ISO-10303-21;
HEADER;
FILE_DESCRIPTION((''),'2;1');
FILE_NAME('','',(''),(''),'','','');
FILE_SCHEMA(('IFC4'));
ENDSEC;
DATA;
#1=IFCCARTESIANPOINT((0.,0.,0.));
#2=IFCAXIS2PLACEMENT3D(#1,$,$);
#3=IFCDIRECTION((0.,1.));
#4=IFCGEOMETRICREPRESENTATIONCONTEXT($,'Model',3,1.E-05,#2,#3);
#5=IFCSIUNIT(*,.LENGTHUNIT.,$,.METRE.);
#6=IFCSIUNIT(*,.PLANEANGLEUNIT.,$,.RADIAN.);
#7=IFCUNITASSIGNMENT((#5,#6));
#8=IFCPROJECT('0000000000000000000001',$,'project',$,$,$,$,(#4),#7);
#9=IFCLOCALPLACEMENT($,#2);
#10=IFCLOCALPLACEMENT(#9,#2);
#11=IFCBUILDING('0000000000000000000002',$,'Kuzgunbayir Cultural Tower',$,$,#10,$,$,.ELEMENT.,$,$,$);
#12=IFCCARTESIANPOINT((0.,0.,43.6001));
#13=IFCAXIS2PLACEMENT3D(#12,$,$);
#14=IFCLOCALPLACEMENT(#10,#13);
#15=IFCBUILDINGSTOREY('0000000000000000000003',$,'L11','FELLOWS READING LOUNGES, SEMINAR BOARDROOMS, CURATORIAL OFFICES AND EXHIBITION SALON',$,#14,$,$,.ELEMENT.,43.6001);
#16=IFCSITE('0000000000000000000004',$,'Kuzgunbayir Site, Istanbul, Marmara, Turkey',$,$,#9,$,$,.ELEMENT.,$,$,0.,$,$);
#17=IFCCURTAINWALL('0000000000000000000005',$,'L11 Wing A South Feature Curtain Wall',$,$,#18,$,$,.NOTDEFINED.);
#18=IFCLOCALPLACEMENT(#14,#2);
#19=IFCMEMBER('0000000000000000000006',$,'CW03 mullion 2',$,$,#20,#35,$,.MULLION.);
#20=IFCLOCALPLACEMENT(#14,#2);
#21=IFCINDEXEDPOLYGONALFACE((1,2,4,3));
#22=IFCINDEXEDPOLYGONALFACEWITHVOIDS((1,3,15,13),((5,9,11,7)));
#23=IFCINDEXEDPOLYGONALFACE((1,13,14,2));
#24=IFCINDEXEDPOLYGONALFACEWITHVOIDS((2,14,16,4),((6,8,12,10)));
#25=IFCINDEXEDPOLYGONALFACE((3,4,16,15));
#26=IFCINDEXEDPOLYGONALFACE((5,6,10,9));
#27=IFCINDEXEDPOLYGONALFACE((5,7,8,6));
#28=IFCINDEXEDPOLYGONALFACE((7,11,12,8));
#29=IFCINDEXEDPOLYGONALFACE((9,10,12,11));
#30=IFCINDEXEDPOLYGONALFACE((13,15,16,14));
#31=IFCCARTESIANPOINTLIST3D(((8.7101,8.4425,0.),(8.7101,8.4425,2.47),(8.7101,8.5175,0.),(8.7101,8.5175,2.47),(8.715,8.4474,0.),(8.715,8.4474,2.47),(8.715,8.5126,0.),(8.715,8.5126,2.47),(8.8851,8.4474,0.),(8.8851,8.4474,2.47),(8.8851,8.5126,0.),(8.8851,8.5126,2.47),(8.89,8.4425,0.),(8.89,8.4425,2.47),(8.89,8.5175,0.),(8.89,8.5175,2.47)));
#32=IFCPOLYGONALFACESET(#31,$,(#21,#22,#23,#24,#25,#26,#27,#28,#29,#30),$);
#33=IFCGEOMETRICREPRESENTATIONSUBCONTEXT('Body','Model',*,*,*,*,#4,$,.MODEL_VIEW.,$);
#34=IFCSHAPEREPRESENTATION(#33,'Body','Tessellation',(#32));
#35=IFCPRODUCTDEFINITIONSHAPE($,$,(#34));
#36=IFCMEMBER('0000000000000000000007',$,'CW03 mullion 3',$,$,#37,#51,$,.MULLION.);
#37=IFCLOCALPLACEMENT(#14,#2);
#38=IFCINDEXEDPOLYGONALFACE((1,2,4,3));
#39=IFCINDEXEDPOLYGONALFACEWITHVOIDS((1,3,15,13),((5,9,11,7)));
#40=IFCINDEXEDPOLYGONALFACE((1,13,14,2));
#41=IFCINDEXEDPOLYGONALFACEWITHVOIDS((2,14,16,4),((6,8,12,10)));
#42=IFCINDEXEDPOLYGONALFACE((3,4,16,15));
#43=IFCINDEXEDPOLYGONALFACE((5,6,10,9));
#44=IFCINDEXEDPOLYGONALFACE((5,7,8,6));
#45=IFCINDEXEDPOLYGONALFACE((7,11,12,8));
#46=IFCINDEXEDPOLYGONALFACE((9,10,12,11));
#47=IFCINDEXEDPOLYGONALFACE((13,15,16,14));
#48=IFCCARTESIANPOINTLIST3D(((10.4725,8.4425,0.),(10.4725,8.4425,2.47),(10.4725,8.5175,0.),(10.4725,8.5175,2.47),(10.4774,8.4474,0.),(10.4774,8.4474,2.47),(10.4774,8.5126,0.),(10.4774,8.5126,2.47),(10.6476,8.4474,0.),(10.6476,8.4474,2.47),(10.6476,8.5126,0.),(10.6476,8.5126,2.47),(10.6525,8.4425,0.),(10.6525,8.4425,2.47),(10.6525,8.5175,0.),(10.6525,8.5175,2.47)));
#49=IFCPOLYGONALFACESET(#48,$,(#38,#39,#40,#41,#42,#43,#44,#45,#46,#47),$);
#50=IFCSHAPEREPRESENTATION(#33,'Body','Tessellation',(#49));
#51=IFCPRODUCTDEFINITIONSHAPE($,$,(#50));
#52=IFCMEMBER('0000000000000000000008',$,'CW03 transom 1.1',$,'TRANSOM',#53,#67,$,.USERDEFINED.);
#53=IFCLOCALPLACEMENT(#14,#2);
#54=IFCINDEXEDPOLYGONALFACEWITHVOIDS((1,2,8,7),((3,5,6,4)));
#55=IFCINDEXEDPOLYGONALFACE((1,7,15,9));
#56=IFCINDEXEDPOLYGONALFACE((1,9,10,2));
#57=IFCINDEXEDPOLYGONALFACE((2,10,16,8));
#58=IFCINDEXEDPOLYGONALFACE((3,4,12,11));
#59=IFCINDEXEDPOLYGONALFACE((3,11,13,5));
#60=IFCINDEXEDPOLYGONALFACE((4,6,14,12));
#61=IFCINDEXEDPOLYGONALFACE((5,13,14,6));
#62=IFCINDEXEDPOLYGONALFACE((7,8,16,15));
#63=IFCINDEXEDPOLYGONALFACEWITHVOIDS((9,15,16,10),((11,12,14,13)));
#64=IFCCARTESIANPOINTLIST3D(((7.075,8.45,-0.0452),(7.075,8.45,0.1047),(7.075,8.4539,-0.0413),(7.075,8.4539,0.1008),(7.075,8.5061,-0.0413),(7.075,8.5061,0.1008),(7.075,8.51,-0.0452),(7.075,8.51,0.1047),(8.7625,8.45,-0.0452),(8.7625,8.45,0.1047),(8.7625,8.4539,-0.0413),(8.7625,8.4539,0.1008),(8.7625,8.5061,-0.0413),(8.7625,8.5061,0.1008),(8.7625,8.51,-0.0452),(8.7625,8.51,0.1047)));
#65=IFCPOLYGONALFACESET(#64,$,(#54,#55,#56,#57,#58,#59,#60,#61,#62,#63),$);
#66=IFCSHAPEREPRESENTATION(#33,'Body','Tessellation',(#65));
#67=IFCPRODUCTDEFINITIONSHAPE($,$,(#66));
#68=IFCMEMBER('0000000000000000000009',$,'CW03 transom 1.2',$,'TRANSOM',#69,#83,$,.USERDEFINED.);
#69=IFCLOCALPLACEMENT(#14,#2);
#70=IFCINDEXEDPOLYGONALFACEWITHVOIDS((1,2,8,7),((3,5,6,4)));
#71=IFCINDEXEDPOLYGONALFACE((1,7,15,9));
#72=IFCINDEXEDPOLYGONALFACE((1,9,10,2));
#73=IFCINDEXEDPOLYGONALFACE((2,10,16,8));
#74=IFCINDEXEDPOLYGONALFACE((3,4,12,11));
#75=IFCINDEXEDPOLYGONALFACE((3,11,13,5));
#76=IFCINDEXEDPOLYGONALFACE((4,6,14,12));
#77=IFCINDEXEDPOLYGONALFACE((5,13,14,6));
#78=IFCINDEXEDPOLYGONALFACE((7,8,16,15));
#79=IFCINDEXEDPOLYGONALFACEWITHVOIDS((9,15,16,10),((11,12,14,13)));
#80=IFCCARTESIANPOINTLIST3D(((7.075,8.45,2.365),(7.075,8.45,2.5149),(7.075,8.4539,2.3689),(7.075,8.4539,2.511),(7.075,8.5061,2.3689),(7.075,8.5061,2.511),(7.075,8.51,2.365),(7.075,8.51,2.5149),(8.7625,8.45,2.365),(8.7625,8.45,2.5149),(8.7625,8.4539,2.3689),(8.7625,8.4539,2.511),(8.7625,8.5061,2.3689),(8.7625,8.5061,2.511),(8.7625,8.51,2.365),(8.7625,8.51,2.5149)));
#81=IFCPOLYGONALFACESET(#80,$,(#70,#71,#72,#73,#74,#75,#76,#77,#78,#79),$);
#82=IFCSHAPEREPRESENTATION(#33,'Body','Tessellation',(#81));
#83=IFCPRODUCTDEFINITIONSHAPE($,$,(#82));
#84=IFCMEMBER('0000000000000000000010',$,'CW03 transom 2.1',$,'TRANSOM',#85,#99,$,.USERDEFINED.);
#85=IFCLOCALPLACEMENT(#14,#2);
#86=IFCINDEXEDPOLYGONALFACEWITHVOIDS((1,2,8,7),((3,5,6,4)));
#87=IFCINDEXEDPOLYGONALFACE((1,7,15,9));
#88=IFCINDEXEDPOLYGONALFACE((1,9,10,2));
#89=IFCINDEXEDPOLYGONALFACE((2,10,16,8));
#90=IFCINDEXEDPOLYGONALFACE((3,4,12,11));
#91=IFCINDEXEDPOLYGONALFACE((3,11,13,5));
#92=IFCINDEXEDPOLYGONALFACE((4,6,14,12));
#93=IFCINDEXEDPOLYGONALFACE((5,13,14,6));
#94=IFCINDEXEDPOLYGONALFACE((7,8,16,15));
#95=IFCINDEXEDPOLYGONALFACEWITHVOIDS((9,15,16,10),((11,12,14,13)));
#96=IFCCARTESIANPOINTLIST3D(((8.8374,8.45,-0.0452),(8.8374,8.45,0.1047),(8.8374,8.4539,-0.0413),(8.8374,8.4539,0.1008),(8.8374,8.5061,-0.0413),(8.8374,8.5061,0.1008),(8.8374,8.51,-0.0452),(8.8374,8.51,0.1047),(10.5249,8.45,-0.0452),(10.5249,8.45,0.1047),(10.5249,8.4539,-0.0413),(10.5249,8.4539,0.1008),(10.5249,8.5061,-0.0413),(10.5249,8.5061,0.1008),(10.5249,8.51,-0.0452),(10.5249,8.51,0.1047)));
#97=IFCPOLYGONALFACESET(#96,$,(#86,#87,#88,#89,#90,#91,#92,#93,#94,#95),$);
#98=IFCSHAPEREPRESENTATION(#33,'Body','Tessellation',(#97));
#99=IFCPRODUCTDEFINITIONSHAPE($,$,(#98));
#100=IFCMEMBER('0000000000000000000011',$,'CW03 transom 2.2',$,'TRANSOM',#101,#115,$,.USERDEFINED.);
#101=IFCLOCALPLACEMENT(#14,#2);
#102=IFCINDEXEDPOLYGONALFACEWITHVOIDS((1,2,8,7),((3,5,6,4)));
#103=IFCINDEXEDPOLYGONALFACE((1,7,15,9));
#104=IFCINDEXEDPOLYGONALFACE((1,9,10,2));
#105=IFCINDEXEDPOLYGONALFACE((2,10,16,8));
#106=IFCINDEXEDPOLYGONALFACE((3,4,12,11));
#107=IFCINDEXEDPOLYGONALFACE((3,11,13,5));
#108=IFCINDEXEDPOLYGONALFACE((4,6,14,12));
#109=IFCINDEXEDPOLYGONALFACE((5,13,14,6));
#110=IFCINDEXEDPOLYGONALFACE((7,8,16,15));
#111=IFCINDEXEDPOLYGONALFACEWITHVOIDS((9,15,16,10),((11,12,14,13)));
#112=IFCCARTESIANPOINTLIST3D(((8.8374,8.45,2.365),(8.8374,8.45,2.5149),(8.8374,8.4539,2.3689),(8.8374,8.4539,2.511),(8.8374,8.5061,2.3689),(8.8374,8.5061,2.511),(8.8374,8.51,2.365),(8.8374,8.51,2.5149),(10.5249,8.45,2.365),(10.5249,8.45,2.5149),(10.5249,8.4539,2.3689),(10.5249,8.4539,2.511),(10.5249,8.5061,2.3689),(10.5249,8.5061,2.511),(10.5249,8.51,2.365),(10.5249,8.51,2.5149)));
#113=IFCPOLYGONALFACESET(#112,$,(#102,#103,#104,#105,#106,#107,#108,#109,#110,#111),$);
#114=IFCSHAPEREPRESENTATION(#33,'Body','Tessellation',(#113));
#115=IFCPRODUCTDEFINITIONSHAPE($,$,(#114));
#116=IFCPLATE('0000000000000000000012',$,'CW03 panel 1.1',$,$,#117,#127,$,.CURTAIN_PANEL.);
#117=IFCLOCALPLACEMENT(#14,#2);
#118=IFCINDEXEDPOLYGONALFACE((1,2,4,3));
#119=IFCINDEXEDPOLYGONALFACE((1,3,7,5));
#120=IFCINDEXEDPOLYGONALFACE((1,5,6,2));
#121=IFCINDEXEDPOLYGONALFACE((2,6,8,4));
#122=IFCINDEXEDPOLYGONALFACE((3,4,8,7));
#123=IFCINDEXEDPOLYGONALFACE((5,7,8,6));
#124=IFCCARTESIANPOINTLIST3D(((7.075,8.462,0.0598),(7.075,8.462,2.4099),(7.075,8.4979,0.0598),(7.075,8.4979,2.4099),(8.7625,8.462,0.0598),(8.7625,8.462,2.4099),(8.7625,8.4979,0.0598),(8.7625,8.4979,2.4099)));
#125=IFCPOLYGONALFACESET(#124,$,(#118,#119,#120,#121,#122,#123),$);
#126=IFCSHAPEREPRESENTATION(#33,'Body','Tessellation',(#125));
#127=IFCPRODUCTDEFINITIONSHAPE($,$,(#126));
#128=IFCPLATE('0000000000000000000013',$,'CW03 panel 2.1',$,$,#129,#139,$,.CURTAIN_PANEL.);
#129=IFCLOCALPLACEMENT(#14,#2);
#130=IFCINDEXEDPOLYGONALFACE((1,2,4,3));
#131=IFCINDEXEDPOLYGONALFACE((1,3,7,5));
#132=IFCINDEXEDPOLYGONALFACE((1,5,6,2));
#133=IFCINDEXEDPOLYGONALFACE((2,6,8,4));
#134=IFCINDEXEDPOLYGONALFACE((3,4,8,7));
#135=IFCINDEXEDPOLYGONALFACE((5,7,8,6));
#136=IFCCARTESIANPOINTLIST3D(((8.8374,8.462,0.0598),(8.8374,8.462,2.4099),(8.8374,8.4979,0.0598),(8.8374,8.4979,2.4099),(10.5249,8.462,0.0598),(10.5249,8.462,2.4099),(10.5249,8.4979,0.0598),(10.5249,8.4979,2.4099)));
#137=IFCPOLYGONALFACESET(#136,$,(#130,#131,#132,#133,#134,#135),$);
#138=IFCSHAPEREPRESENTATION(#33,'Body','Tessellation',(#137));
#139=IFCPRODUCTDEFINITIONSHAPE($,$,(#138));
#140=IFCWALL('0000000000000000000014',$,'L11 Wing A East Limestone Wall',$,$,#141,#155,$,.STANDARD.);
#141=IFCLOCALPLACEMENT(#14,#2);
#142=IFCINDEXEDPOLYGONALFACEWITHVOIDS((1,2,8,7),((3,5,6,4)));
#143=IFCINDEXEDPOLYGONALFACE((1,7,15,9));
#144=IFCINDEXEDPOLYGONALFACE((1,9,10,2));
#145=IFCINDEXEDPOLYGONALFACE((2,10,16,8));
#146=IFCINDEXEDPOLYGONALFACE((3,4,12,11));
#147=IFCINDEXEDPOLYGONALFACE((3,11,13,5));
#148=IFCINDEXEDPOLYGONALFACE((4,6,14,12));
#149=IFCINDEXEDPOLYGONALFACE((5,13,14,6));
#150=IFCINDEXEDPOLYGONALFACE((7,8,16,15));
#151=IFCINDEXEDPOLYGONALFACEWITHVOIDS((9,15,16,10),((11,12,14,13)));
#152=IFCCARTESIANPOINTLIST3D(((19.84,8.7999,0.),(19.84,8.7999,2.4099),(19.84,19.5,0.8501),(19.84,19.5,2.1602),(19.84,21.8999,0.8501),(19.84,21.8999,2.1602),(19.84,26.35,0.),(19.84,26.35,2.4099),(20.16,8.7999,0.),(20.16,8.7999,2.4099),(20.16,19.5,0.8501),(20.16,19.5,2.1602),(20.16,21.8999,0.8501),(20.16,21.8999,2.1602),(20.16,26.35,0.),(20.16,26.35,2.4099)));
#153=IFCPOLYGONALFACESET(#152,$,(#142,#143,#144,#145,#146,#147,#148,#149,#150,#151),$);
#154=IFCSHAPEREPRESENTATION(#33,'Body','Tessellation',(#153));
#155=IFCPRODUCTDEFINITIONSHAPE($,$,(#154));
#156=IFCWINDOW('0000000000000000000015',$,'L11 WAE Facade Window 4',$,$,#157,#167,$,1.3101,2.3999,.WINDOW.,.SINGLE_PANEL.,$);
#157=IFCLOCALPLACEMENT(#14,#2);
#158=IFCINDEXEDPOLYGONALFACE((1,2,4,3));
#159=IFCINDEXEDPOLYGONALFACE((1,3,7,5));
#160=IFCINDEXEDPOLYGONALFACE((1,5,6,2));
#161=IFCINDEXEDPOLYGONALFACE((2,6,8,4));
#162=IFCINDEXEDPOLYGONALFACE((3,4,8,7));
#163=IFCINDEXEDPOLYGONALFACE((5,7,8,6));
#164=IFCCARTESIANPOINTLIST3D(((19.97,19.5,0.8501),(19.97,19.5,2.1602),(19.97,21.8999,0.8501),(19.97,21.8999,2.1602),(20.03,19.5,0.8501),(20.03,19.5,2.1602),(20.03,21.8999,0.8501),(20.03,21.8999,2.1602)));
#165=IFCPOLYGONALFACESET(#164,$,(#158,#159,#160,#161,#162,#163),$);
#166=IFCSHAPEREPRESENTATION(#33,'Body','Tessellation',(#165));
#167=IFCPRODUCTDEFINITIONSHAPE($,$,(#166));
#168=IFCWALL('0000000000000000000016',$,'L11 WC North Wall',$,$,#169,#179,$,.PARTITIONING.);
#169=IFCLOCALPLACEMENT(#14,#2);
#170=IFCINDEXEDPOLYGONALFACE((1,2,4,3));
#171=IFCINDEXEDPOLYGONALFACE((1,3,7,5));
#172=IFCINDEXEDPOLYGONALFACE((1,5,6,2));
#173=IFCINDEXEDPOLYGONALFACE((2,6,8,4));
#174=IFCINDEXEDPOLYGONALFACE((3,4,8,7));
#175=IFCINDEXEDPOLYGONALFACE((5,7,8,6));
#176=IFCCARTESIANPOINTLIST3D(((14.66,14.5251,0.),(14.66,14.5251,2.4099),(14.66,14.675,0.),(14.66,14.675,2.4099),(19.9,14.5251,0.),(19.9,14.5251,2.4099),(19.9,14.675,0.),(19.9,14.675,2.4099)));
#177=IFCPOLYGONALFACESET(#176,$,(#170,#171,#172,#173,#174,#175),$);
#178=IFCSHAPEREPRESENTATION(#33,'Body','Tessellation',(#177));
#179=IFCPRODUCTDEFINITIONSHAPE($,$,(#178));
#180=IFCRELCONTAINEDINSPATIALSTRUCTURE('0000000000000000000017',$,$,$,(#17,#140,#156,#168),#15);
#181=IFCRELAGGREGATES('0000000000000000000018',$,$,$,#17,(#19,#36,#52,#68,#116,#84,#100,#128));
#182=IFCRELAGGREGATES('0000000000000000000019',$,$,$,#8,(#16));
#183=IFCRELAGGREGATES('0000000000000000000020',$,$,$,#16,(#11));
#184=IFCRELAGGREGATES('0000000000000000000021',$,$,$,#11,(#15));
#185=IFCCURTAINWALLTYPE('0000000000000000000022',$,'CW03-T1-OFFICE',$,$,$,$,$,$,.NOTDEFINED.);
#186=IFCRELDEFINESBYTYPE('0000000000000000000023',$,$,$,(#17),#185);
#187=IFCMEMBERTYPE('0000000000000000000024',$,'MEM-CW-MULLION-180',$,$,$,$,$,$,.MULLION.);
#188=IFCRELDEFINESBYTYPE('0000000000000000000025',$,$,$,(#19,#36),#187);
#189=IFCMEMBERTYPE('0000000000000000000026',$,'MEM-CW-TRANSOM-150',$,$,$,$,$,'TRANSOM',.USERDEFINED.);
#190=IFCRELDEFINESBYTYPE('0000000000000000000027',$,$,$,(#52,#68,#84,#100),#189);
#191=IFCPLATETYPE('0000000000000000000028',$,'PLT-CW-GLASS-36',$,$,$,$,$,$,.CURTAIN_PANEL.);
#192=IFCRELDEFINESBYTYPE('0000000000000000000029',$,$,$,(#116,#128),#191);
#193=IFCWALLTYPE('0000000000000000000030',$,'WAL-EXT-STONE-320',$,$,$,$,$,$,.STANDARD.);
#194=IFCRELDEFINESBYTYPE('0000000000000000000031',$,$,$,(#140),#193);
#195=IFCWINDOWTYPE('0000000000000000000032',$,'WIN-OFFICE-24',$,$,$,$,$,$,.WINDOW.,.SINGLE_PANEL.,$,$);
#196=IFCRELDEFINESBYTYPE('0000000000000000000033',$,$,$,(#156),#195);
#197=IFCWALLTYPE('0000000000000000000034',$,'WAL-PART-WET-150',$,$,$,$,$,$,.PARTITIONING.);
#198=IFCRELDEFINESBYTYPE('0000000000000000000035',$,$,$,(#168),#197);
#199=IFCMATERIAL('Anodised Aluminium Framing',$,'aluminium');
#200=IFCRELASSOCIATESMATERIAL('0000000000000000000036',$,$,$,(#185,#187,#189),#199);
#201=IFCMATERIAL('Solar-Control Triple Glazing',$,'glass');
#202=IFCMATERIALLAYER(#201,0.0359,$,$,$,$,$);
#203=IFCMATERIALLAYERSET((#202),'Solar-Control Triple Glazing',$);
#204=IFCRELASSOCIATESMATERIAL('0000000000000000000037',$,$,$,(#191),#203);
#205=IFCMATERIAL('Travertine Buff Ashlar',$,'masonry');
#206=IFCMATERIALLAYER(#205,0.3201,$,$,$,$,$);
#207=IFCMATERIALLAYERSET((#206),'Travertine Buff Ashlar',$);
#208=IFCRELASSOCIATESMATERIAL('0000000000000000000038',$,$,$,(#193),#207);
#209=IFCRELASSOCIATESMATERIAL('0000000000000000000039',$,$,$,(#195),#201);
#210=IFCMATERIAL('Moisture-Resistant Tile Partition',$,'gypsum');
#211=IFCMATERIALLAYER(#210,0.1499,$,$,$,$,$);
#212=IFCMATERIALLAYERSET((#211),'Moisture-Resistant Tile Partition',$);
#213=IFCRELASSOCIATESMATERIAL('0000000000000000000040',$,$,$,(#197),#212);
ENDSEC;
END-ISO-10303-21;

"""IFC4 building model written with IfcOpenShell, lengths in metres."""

from ifc_helpers import new_model, si_unit, direction, frame, frame_2d, origin, origin_2d, place, context, subcontext, project, spatial, rectangle, hollow_rectangle, extrude, material, layer, layer_set, material_profile, profile_set, type_object, element, fill, aggregate, save


model = new_model("IFC4")

# Units and contexts
model_context = context("Model", 3, precision=1e-05, world=origin(), true_north=direction((0.0, 1.0)))
body_context = subcontext(model_context, "Body", "Model", "MODEL_VIEW")
ifc_project = project(units=[si_unit("LENGTHUNIT", "METRE"), si_unit("PLANEANGLEUNIT", "RADIAN")], contexts=[model_context])

# Site, building, storey
site_placement = place(None, origin())
site = spatial("IfcSite", under=ifc_project, at=site_placement, Name="Kuzgunbayir Site, Istanbul, Marmara, Turkey", CompositionType="ELEMENT", RefElevation=0.0)
building_placement = place(site_placement, origin())
building = spatial("IfcBuilding", under=site, at=building_placement, Name="Kuzgunbayir Cultural Tower", CompositionType="ELEMENT")
storey_placement = place(building_placement, frame((0.0, 0.0, 43.6001)))
storey = spatial("IfcBuildingStorey", under=building, at=storey_placement, Name="L11", Description="FELLOWS READING LOUNGES, SEMINAR BOARDROOMS, CURATORIAL OFFICES AND EXHIBITION SALON", CompositionType="ELEMENT", Elevation=43.6001)

# Curtain wall, members, plates
ifc_material_1 = material(Name="Anodised Aluminium Framing", Category="aluminium")
curtain_wall_type = type_object("IfcCurtainWallType", Name="CW03-T1-OFFICE", PredefinedType="NOTDEFINED", material=ifc_material_1)
curtain_wall_placement = place(storey_placement, origin())
curtain_wall = element("IfcCurtainWall", 1, at=curtain_wall_placement, inside=storey, type_object=curtain_wall_type, Name="L11 Wing A South Feature Curtain Wall", PredefinedType="NOTDEFINED")
ifc_material_profile_1 = material_profile(ifc_material_1, hollow_rectangle(XDim=0.075, YDim=0.1799, WallThickness=0.0049, at=origin_2d()), Name="RHS 180x75x5")
ifc_profile_set_1 = profile_set([ifc_material_profile_1], Name="Anodised Aluminium Framing")
member_type_1 = type_object("IfcMemberType", Name="MEM-CW-MULLION-180", PredefinedType="MULLION", material=ifc_profile_set_1)
member_1_placement = place(storey_placement, frame((8.8, 8.48, 0.0), z_axis=(0.0, 0.0, 1.0), x_axis=(0.0, 1.0, 0.0)))
member_1 = element("IfcMember", 2, at=member_1_placement, type_object=member_type_1, Name="CW03 mullion 2", PredefinedType="MULLION", context=body_context, shape_type="SweptSolid", body=[
    extrude(hollow_rectangle(XDim=0.075, YDim=0.1799, WallThickness=0.0049, at=origin_2d()), origin(), (0.0, 0.0, 1.0), 2.47),
])
member_2_placement = place(storey_placement, frame((10.5625, 8.48, 0.0), z_axis=(0.0, 0.0, 1.0), x_axis=(0.0, 1.0, 0.0)))
member_2 = element("IfcMember", 3, at=member_2_placement, type_object=member_type_1, Name="CW03 mullion 3", PredefinedType="MULLION", context=body_context, shape_type="SweptSolid", body=[
    extrude(hollow_rectangle(XDim=0.075, YDim=0.1799, WallThickness=0.0049, at=origin_2d()), origin(), (0.0, 0.0, 1.0), 2.47),
])
ifc_material_profile_2 = material_profile(ifc_material_1, hollow_rectangle(XDim=0.0601, YDim=0.1499, WallThickness=0.0039, at=origin_2d()), Name="RHS 150x60x4")
ifc_profile_set_2 = profile_set([ifc_material_profile_2], Name="Anodised Aluminium Framing")
member_type_2 = type_object("IfcMemberType", Name="MEM-CW-TRANSOM-150", ElementType="TRANSOM", PredefinedType="USERDEFINED", material=ifc_profile_set_2)
member_3_placement = place(storey_placement, frame((7.075, 8.48, 0.0298), z_axis=(1.0, 0.0, 0.0), x_axis=(0.0, 1.0, 0.0)))
member_3 = element("IfcMember", 4, at=member_3_placement, type_object=member_type_2, Name="CW03 transom 1.1", ObjectType="TRANSOM", PredefinedType="USERDEFINED", context=body_context, shape_type="SweptSolid", body=[
    extrude(hollow_rectangle(XDim=0.0601, YDim=0.1499, WallThickness=0.0039, at=origin_2d()), origin(), (0.0, 0.0, 1.0), 1.6875),
])
member_4_placement = place(storey_placement, frame((7.075, 8.48, 2.4399), z_axis=(1.0, 0.0, 0.0), x_axis=(0.0, 1.0, 0.0)))
member_4 = element("IfcMember", 5, at=member_4_placement, type_object=member_type_2, Name="CW03 transom 1.2", ObjectType="TRANSOM", PredefinedType="USERDEFINED", context=body_context, shape_type="SweptSolid", body=[
    extrude(hollow_rectangle(XDim=0.0601, YDim=0.1499, WallThickness=0.0039, at=origin_2d()), origin(), (0.0, 0.0, 1.0), 1.6875),
])
member_5_placement = place(storey_placement, frame((8.8374, 8.48, 0.0298), z_axis=(1.0, 0.0, 0.0), x_axis=(0.0, 1.0, 0.0)))
member_5 = element("IfcMember", 6, at=member_5_placement, type_object=member_type_2, Name="CW03 transom 2.1", ObjectType="TRANSOM", PredefinedType="USERDEFINED", context=body_context, shape_type="SweptSolid", body=[
    extrude(hollow_rectangle(XDim=0.0601, YDim=0.1499, WallThickness=0.0039, at=origin_2d()), origin(), (0.0, 0.0, 1.0), 1.6875),
])
member_6_placement = place(storey_placement, frame((8.8374, 8.48, 2.4399), z_axis=(1.0, 0.0, 0.0), x_axis=(0.0, 1.0, 0.0)))
member_6 = element("IfcMember", 7, at=member_6_placement, type_object=member_type_2, Name="CW03 transom 2.2", ObjectType="TRANSOM", PredefinedType="USERDEFINED", context=body_context, shape_type="SweptSolid", body=[
    extrude(hollow_rectangle(XDim=0.0601, YDim=0.1499, WallThickness=0.0039, at=origin_2d()), origin(), (0.0, 0.0, 1.0), 1.6875),
])
ifc_material_2 = material(Name="Solar-Control Triple Glazing", Category="glass")
ifc_layer_1 = layer(ifc_material_2, 0.0359)
ifc_layer_set_1 = layer_set([ifc_layer_1], Name="Solar-Control Triple Glazing")
plate_type = type_object("IfcPlateType", Name="PLT-CW-GLASS-36", PredefinedType="CURTAIN_PANEL", material=ifc_layer_set_1)
plate_1_placement = place(storey_placement, frame((7.9187, 8.48, 0.0598), z_axis=(0.0, 0.0, 1.0), x_axis=(1.0, 0.0, 0.0)))
plate_1 = element("IfcPlate", 8, at=plate_1_placement, type_object=plate_type, Name="CW03 panel 1.1", PredefinedType="CURTAIN_PANEL", context=body_context, shape_type="SweptSolid", body=[
    extrude(rectangle(XDim=1.6875, YDim=0.0359, at=origin_2d()), origin(), (0.0, 0.0, 1.0), 2.3501),
])
plate_2_placement = place(storey_placement, frame((9.6812, 8.48, 0.0598), z_axis=(0.0, 0.0, 1.0), x_axis=(1.0, 0.0, 0.0)))
plate_2 = element("IfcPlate", 9, at=plate_2_placement, type_object=plate_type, Name="CW03 panel 2.1", PredefinedType="CURTAIN_PANEL", context=body_context, shape_type="SweptSolid", body=[
    extrude(rectangle(XDim=1.6875, YDim=0.0359, at=origin_2d()), origin(), (0.0, 0.0, 1.0), 2.3501),
])
aggregate(curtain_wall, [member_1, member_2, member_3, member_4, plate_1, member_5, member_6, plate_2])

# Wall, opening, window
ifc_material_3 = material(Name="Travertine Buff Ashlar", Category="masonry")
ifc_layer_2 = layer(ifc_material_3, 0.3201)
ifc_layer_set_2 = layer_set([ifc_layer_2], Name="Travertine Buff Ashlar")
wall_type_1 = type_object("IfcWallType", Name="WAL-EXT-STONE-320", PredefinedType="STANDARD", material=ifc_layer_set_2)
wall_1_placement = place(storey_placement, frame((20.0, 8.8, 0.0), z_axis=(0.0, 0.0, 1.0), x_axis=(0.0, 1.0, 0.0)))
wall_1 = element("IfcWall", 10, at=wall_1_placement, inside=storey, type_object=wall_type_1, Name="L11 Wing A East Limestone Wall", PredefinedType="STANDARD", context=body_context, shape_type="SweptSolid", body=[
    extrude(rectangle(XDim=17.55, YDim=0.3201, at=frame_2d((8.7749, 0.0))), origin(), (0.0, 0.0, 1.0), 2.4099),
])
opening_1_placement = place(wall_1_placement, frame((10.7, 0.0, 0.8501)))
opening_1 = element("IfcOpeningElement", 11, at=opening_1_placement, cuts=wall_1, PredefinedType="OPENING", context=body_context, shape_type="SweptSolid", body=[
    extrude(rectangle(XDim=2.3999, YDim=1.3101, at=frame_2d((1.2, 0.655))), frame((0.0, 0.1699, 0.0), z_axis=(0.0, -1.0, 0.0), x_axis=(1.0, 0.0, 0.0)), (0.0, 0.0, 1.0), 0.3401),
])
window_type = type_object("IfcWindowType", Name="WIN-OFFICE-24", PartitioningType="SINGLE_PANEL", PredefinedType="WINDOW", material=ifc_material_2)
window_placement = place(opening_1_placement, origin())
window = element("IfcWindow", 12, at=window_placement, inside=storey, type_object=window_type, Name="L11 WAE Facade Window 4", OverallHeight=1.3101, OverallWidth=2.3999, PartitioningType="SINGLE_PANEL", PredefinedType="WINDOW", context=body_context, shape_type="SweptSolid", body=[
    extrude(rectangle(XDim=2.3999, YDim=1.3101, at=frame_2d((1.2, 0.655))), frame((0.0, 0.03, 0.0), z_axis=(0.0, -1.0, 0.0), x_axis=(1.0, 0.0, 0.0)), (0.0, 0.0, 1.0), 0.0601),
])
fill(opening_1, window)

# Wall
ifc_material_4 = material(Name="Moisture-Resistant Tile Partition", Category="gypsum")
ifc_layer_3 = layer(ifc_material_4, 0.1499)
ifc_layer_set_3 = layer_set([ifc_layer_3], Name="Moisture-Resistant Tile Partition")
wall_type_2 = type_object("IfcWallType", Name="WAL-PART-WET-150", PredefinedType="PARTITIONING", material=ifc_layer_set_3)
for number, where, z_axis, x_axis, name in (
    (13, (14.6599, 14.6001, 0.0), (0.0, 0.0, 1.0), (1.0, 0.0, 0.0), "L11 WC North Wall"),
):
    element("IfcWall", number, at=place(storey_placement, frame(where, z_axis=z_axis, x_axis=x_axis)), inside=storey, type_object=wall_type_2, Name=name, PredefinedType="PARTITIONING", context=body_context, shape_type="SweptSolid", body=[
        extrude(rectangle(XDim=5.24, YDim=0.1499, at=frame_2d((2.6201, 0.0))), origin(), (0.0, 0.0, 1.0), 2.4099),
    ])

save(model, "model.ifc")
